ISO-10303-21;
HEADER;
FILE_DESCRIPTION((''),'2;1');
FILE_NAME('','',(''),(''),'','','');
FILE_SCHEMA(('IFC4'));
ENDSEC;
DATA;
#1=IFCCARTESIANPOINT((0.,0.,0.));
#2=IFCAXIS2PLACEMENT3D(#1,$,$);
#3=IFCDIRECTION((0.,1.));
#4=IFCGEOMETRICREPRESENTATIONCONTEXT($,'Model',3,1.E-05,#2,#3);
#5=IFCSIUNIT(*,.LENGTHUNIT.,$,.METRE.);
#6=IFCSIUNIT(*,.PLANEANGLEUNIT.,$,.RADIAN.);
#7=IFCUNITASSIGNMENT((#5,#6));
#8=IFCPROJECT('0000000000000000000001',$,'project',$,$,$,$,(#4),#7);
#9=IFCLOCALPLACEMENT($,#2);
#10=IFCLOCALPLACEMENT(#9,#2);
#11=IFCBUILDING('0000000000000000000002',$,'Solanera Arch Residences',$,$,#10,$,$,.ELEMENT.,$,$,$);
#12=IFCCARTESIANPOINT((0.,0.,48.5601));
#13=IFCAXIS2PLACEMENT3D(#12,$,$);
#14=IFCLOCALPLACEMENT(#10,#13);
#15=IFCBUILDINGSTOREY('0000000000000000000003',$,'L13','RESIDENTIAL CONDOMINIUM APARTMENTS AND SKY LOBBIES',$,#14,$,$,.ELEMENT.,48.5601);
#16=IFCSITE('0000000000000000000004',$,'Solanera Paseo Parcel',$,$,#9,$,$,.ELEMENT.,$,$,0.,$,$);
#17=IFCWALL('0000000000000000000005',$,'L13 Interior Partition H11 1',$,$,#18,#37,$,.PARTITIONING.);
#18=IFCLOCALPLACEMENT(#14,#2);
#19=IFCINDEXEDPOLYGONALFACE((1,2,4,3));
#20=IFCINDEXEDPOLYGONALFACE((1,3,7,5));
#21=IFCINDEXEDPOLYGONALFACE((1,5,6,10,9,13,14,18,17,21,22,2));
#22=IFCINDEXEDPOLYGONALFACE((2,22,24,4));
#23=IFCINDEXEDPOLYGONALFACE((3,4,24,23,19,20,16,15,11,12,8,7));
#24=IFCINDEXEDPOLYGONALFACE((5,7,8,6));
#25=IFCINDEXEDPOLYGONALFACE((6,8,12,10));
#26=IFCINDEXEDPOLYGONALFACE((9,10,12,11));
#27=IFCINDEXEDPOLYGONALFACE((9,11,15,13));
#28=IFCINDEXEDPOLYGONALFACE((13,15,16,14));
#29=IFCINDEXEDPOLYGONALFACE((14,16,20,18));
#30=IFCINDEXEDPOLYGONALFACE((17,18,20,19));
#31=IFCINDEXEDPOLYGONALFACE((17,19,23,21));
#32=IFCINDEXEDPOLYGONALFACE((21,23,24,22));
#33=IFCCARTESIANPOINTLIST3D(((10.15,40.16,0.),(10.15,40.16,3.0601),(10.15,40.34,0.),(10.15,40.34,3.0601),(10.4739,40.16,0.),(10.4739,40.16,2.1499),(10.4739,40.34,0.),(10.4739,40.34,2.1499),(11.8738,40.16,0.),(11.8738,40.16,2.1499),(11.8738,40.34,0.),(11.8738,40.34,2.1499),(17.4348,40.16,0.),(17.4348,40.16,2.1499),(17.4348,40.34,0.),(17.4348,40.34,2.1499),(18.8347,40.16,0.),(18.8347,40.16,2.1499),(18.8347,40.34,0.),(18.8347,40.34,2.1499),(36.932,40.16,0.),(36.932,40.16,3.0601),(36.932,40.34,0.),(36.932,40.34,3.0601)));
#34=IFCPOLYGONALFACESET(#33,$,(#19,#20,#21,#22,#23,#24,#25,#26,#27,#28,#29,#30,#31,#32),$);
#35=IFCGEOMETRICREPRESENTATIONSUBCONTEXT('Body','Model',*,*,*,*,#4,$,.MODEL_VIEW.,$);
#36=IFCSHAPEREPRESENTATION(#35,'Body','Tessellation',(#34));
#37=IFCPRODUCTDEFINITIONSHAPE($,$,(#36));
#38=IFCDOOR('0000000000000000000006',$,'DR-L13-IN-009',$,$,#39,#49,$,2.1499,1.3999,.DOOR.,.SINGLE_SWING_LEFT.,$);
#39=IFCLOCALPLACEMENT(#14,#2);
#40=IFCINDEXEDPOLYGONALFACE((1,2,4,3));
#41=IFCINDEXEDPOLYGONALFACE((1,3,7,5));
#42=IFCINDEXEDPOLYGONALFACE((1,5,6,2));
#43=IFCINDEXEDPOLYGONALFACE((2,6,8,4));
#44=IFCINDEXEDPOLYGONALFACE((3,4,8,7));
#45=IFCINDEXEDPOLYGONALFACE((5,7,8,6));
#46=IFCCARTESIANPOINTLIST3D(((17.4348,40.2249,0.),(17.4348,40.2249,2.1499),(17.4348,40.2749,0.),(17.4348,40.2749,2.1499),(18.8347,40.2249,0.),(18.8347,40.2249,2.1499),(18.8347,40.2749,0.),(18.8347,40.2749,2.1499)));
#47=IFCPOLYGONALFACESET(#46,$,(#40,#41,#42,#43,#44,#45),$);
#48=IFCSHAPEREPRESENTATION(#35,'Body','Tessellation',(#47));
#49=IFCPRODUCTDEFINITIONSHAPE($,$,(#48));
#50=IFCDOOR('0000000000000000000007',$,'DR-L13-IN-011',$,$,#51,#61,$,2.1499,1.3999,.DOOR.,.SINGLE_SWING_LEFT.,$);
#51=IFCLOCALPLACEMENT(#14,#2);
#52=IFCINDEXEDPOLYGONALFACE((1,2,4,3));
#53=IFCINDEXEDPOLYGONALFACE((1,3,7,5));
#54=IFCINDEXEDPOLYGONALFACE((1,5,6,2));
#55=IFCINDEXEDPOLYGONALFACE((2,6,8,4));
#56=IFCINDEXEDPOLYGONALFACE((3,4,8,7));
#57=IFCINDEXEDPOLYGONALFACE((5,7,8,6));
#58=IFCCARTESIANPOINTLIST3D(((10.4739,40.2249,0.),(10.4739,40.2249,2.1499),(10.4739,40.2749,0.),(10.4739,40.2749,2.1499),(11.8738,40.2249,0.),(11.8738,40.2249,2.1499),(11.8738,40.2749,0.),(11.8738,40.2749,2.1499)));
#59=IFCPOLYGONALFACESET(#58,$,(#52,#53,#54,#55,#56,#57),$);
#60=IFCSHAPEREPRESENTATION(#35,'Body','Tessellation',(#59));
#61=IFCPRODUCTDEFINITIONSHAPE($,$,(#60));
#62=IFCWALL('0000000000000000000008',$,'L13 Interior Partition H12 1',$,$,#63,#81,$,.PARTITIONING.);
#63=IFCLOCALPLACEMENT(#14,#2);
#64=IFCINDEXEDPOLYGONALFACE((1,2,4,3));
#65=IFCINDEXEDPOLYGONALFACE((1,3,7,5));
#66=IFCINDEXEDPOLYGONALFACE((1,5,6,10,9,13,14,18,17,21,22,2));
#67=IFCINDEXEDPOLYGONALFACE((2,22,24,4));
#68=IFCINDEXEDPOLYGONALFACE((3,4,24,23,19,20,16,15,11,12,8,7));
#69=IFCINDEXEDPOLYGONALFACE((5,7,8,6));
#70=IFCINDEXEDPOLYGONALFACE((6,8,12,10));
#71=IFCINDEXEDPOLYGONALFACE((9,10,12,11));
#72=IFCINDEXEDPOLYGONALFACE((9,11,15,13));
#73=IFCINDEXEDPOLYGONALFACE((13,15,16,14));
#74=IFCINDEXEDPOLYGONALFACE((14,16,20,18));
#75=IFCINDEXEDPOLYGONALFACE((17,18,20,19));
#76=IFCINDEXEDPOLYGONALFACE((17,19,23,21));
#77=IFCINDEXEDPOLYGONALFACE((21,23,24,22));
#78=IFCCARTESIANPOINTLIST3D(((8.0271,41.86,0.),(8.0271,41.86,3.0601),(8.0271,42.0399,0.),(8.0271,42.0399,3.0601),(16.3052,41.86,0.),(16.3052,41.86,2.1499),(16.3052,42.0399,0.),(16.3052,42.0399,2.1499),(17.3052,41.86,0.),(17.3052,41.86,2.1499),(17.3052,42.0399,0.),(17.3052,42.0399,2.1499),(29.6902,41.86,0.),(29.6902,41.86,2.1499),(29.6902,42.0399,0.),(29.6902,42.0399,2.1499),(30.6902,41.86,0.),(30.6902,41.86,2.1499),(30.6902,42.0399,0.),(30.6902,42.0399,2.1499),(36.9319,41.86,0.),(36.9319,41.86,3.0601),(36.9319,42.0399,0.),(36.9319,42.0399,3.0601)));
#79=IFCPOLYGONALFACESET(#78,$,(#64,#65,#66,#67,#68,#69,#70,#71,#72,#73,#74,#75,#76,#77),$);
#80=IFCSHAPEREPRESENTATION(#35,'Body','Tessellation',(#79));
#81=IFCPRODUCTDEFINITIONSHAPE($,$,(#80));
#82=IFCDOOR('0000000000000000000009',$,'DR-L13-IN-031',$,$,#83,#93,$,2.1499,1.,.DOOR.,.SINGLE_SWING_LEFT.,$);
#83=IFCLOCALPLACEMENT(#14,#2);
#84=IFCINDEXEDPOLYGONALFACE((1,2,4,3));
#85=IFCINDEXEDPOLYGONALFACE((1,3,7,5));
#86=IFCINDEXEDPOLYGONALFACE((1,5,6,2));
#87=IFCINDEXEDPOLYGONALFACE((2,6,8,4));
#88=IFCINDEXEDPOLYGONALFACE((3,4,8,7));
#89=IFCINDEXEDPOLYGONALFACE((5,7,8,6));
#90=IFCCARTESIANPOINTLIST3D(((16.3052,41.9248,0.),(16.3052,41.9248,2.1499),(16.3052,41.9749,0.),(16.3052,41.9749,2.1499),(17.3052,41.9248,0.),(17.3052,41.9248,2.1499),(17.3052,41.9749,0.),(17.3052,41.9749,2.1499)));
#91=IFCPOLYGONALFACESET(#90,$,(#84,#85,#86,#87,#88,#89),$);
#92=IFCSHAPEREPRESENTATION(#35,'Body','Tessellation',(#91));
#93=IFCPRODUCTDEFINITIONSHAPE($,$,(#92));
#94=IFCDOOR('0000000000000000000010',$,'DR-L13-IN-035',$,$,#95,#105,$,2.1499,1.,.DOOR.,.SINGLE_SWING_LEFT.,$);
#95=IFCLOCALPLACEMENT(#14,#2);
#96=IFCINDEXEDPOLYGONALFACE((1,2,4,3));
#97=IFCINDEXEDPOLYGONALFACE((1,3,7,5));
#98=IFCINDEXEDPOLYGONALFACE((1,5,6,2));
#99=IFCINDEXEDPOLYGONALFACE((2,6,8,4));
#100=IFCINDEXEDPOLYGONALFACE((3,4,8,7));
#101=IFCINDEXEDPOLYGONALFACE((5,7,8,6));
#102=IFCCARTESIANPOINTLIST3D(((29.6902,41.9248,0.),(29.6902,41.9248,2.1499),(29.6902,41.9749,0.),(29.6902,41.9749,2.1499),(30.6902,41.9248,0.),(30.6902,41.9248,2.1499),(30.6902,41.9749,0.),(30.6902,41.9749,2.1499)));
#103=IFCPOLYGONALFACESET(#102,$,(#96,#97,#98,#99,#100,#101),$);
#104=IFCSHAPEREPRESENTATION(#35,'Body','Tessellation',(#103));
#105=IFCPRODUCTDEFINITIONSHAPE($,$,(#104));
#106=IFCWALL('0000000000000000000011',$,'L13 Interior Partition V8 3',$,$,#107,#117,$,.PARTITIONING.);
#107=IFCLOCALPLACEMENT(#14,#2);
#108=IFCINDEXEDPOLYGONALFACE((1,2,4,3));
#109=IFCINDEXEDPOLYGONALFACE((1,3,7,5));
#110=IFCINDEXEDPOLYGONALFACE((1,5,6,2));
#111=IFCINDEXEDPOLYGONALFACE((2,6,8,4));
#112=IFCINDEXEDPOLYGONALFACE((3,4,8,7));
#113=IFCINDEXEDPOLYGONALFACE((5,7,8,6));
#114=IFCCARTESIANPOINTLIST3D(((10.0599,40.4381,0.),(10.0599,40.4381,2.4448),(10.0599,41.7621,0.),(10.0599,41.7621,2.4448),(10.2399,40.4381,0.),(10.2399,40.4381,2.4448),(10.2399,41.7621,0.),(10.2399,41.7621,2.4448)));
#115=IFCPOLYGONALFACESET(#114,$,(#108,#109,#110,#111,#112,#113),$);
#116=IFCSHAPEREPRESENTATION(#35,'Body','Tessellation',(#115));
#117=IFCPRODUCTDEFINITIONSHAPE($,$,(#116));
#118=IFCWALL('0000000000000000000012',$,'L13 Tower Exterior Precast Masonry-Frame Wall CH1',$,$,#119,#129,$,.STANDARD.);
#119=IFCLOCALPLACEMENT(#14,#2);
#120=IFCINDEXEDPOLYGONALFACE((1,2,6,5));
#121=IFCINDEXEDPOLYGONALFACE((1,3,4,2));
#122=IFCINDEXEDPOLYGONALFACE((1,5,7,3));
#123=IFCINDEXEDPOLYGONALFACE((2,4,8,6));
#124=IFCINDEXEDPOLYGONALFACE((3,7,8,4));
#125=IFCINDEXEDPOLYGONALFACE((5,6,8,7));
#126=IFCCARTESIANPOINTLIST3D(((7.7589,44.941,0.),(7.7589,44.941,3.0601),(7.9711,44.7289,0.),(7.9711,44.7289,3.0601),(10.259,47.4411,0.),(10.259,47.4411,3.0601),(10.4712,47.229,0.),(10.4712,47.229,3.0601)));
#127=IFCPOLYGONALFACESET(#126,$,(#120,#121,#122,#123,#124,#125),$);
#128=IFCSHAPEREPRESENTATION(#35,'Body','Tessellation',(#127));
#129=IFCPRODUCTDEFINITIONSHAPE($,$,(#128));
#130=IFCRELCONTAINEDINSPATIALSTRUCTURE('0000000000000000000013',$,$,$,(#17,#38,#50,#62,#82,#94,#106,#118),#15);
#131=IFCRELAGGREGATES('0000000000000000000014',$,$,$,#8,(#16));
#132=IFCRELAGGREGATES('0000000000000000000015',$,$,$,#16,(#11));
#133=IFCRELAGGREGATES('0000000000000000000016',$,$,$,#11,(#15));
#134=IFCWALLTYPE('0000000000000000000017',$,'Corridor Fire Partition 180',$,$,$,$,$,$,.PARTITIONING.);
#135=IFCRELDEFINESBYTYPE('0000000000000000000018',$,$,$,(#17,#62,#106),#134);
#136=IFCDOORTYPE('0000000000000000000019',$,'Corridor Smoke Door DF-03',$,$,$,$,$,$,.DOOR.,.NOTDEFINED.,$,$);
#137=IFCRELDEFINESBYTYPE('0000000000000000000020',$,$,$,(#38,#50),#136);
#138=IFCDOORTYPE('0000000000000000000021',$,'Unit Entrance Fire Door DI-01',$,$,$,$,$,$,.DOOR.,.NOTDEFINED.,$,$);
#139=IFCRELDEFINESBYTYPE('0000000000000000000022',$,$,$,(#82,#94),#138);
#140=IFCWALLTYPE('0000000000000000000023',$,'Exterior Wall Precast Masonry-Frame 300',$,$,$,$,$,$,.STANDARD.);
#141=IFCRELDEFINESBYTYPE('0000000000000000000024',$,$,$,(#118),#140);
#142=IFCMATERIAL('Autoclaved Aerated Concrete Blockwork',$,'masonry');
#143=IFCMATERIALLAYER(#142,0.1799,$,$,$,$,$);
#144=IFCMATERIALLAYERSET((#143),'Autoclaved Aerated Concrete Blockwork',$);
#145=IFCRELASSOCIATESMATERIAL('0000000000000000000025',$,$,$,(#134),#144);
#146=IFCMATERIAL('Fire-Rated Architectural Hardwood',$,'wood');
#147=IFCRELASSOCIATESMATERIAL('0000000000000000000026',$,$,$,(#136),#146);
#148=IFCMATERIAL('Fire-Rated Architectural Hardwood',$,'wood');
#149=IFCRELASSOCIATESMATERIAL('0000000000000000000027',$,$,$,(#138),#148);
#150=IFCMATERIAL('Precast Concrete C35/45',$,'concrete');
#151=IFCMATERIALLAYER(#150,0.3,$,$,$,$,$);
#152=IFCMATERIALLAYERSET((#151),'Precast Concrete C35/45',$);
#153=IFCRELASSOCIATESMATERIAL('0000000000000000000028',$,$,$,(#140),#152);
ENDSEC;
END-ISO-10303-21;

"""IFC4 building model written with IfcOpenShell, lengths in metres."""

from ifc_helpers import new_model, si_unit, direction, frame, frame_2d, origin, place, context, subcontext, project, spatial, rectangle, extrude, material, layer, layer_set, type_object, element, fill, save


model = new_model("IFC4")

# Units and contexts
model_context = context("Model", 3, precision=1e-05, world=origin(), true_north=direction((0.0, 1.0)))
body_context = subcontext(model_context, "Body", "Model", "MODEL_VIEW")
ifc_project = project(units=[si_unit("LENGTHUNIT", "METRE"), si_unit("PLANEANGLEUNIT", "RADIAN")], contexts=[model_context])

# Site, building, storey
site_placement = place(None, origin())
site = spatial("IfcSite", under=ifc_project, at=site_placement, Name="Solanera Paseo Parcel", CompositionType="ELEMENT", RefElevation=0.0)
building_placement = place(site_placement, origin())
building = spatial("IfcBuilding", under=site, at=building_placement, Name="Solanera Arch Residences", CompositionType="ELEMENT")
storey_placement = place(building_placement, frame((0.0, 0.0, 48.5601)))
storey = spatial("IfcBuildingStorey", under=building, at=storey_placement, Name="L13", Description="RESIDENTIAL CONDOMINIUM APARTMENTS AND SKY LOBBIES", CompositionType="ELEMENT", Elevation=48.5601)

# Walls, openings, doors
ifc_material_1 = material(Name="Autoclaved Aerated Concrete Blockwork", Category="masonry")
ifc_layer_1 = layer(ifc_material_1, 0.1799)
ifc_layer_set_1 = layer_set([ifc_layer_1], Name="Autoclaved Aerated Concrete Blockwork")
wall_type_1 = type_object("IfcWallType", Name="Corridor Fire Partition 180", PredefinedType="PARTITIONING", material=ifc_layer_set_1)
wall_1_placement = place(storey_placement, frame((10.1499, 40.25, 0.0), z_axis=(0.0, 0.0, 1.0), x_axis=(1.0, 0.0, 0.0)))
wall_1 = element("IfcWall", 1, at=wall_1_placement, inside=storey, type_object=wall_type_1, Name="L13 Interior Partition H11 1", PredefinedType="PARTITIONING", context=body_context, shape_type="SweptSolid", body=[
    extrude(rectangle(XDim=26.782, YDim=0.1799, at=frame_2d((13.3911, 0.0))), origin(), (0.0, 0.0, 1.0), 3.0601),
])
opening_1_placement = place(wall_1_placement, frame((7.2849, 0.0, 0.0)))
opening_1 = element("IfcOpeningElement", 2, at=opening_1_placement, cuts=wall_1, PredefinedType="OPENING", context=body_context, shape_type="SweptSolid", body=[
    extrude(rectangle(XDim=1.3999, YDim=2.1499, at=frame_2d((0.7, 1.075))), frame((0.0, 0.1001, 0.0), z_axis=(0.0, -1.0, 0.0), x_axis=(1.0, 0.0, 0.0)), (0.0, 0.0, 1.0), 0.1999),
])
opening_2_placement = place(wall_1_placement, frame((0.324, 0.0, 0.0)))
opening_2 = element("IfcOpeningElement", 3, at=opening_2_placement, cuts=wall_1, PredefinedType="OPENING", context=body_context, shape_type="SweptSolid", body=[
    extrude(rectangle(XDim=1.3999, YDim=2.1499, at=frame_2d((0.7, 1.075))), frame((0.0, 0.1001, 0.0), z_axis=(0.0, -1.0, 0.0), x_axis=(1.0, 0.0, 0.0)), (0.0, 0.0, 1.0), 0.1999),
])
ifc_material_2 = material(Name="Fire-Rated Architectural Hardwood", Category="wood")
door_type_1 = type_object("IfcDoorType", Name="Corridor Smoke Door DF-03", OperationType="NOTDEFINED", PredefinedType="DOOR", material=ifc_material_2)
door_1_placement = place(opening_1_placement, origin())
door_1 = element("IfcDoor", 4, at=door_1_placement, inside=storey, type_object=door_type_1, Name="DR-L13-IN-009", OperationType="SINGLE_SWING_LEFT", OverallHeight=2.1499, OverallWidth=1.3999, PredefinedType="DOOR", context=body_context, shape_type="SweptSolid", body=[
    extrude(rectangle(XDim=1.3999, YDim=2.1499, at=frame_2d((0.7, 1.075))), frame((0.0, 0.0249, 0.0), z_axis=(0.0, -1.0, 0.0), x_axis=(1.0, 0.0, 0.0)), (0.0, 0.0, 1.0), 0.05),
])
fill(opening_1, door_1)
door_2_placement = place(opening_2_placement, origin())
door_2 = element("IfcDoor", 5, at=door_2_placement, inside=storey, type_object=door_type_1, Name="DR-L13-IN-011", OperationType="SINGLE_SWING_LEFT", OverallHeight=2.1499, OverallWidth=1.3999, PredefinedType="DOOR", context=body_context, shape_type="SweptSolid", body=[
    extrude(rectangle(XDim=1.3999, YDim=2.1499, at=frame_2d((0.7, 1.075))), frame((0.0, 0.0249, 0.0), z_axis=(0.0, -1.0, 0.0), x_axis=(1.0, 0.0, 0.0)), (0.0, 0.0, 1.0), 0.05),
])
fill(opening_2, door_2)
wall_2_placement = place(storey_placement, frame((8.0271, 41.95, 0.0), z_axis=(0.0, 0.0, 1.0), x_axis=(1.0, 0.0, 0.0)))
wall_2 = element("IfcWall", 6, at=wall_2_placement, inside=storey, type_object=wall_type_1, Name="L13 Interior Partition H12 1", PredefinedType="PARTITIONING", context=body_context, shape_type="SweptSolid", body=[
    extrude(rectangle(XDim=28.9048, YDim=0.1799, at=frame_2d((14.4524, 0.0))), origin(), (0.0, 0.0, 1.0), 3.0601),
])
opening_3_placement = place(wall_2_placement, frame((8.2781, 0.0, 0.0)))
opening_3 = element("IfcOpeningElement", 7, at=opening_3_placement, cuts=wall_2, PredefinedType="OPENING", context=body_context, shape_type="SweptSolid", body=[
    extrude(rectangle(XDim=1.0, YDim=2.1499, at=frame_2d((0.5, 1.075))), frame((0.0, 0.1001, 0.0), z_axis=(0.0, -1.0, 0.0), x_axis=(1.0, 0.0, 0.0)), (0.0, 0.0, 1.0), 0.1999),
])
opening_4_placement = place(wall_2_placement, frame((21.6631, 0.0, 0.0)))
opening_4 = element("IfcOpeningElement", 8, at=opening_4_placement, cuts=wall_2, PredefinedType="OPENING", context=body_context, shape_type="SweptSolid", body=[
    extrude(rectangle(XDim=1.0, YDim=2.1499, at=frame_2d((0.5, 1.075))), frame((0.0, 0.1001, 0.0), z_axis=(0.0, -1.0, 0.0), x_axis=(1.0, 0.0, 0.0)), (0.0, 0.0, 1.0), 0.1999),
])
ifc_material_3 = material(Name="Fire-Rated Architectural Hardwood", Category="wood")
door_type_2 = type_object("IfcDoorType", Name="Unit Entrance Fire Door DI-01", OperationType="NOTDEFINED", PredefinedType="DOOR", material=ifc_material_3)
door_3_placement = place(opening_3_placement, origin())
door_3 = element("IfcDoor", 9, at=door_3_placement, inside=storey, type_object=door_type_2, Name="DR-L13-IN-031", OperationType="SINGLE_SWING_LEFT", OverallHeight=2.1499, OverallWidth=1.0, PredefinedType="DOOR", context=body_context, shape_type="SweptSolid", body=[
    extrude(rectangle(XDim=1.0, YDim=2.1499, at=frame_2d((0.5, 1.075))), frame((0.0, 0.0249, 0.0), z_axis=(0.0, -1.0, 0.0), x_axis=(1.0, 0.0, 0.0)), (0.0, 0.0, 1.0), 0.05),
])
fill(opening_3, door_3)
door_4_placement = place(opening_4_placement, origin())
door_4 = element("IfcDoor", 10, at=door_4_placement, inside=storey, type_object=door_type_2, Name="DR-L13-IN-035", OperationType="SINGLE_SWING_LEFT", OverallHeight=2.1499, OverallWidth=1.0, PredefinedType="DOOR", context=body_context, shape_type="SweptSolid", body=[
    extrude(rectangle(XDim=1.0, YDim=2.1499, at=frame_2d((0.5, 1.075))), frame((0.0, 0.0249, 0.0), z_axis=(0.0, -1.0, 0.0), x_axis=(1.0, 0.0, 0.0)), (0.0, 0.0, 1.0), 0.05),
])
fill(opening_4, door_4)

# Walls
wall_3_placement = place(storey_placement, frame((10.1499, 40.438, 0.0), z_axis=(0.0, 0.0, 1.0), x_axis=(0.0, 1.0, 0.0)))
element("IfcWall", 11, at=wall_3_placement, inside=storey, type_object=wall_type_1, Name="L13 Interior Partition V8 3", PredefinedType="PARTITIONING", context=body_context, shape_type="SweptSolid", body=[
    extrude(rectangle(XDim=1.324, YDim=0.1799, at=frame_2d((0.6621, 0.0))), origin(), (0.0, 0.0, 1.0), 2.4448),
])
ifc_material_4 = material(Name="Precast Concrete C35/45", Category="concrete")
ifc_layer_2 = layer(ifc_material_4, 0.3)
ifc_layer_set_2 = layer_set([ifc_layer_2], Name="Precast Concrete C35/45")
wall_type_2 = type_object("IfcWallType", Name="Exterior Wall Precast Masonry-Frame 300", PredefinedType="STANDARD", material=ifc_layer_set_2)
wall_4_placement = place(storey_placement, frame((7.865, 44.835, 0.0), z_axis=(0.0, 0.0, 1.0), x_axis=(0.707107, 0.707107, 0.0)))
element("IfcWall", 12, at=wall_4_placement, inside=storey, type_object=wall_type_2, Name="L13 Tower Exterior Precast Masonry-Frame Wall CH1", PredefinedType="STANDARD", context=body_context, shape_type="SweptSolid", body=[
    extrude(rectangle(XDim=3.5356, YDim=0.3, at=frame_2d((1.7678, 0.0))), origin(), (0.0, 0.0, 1.0), 3.0601),
])

save(model, "model.ifc")
